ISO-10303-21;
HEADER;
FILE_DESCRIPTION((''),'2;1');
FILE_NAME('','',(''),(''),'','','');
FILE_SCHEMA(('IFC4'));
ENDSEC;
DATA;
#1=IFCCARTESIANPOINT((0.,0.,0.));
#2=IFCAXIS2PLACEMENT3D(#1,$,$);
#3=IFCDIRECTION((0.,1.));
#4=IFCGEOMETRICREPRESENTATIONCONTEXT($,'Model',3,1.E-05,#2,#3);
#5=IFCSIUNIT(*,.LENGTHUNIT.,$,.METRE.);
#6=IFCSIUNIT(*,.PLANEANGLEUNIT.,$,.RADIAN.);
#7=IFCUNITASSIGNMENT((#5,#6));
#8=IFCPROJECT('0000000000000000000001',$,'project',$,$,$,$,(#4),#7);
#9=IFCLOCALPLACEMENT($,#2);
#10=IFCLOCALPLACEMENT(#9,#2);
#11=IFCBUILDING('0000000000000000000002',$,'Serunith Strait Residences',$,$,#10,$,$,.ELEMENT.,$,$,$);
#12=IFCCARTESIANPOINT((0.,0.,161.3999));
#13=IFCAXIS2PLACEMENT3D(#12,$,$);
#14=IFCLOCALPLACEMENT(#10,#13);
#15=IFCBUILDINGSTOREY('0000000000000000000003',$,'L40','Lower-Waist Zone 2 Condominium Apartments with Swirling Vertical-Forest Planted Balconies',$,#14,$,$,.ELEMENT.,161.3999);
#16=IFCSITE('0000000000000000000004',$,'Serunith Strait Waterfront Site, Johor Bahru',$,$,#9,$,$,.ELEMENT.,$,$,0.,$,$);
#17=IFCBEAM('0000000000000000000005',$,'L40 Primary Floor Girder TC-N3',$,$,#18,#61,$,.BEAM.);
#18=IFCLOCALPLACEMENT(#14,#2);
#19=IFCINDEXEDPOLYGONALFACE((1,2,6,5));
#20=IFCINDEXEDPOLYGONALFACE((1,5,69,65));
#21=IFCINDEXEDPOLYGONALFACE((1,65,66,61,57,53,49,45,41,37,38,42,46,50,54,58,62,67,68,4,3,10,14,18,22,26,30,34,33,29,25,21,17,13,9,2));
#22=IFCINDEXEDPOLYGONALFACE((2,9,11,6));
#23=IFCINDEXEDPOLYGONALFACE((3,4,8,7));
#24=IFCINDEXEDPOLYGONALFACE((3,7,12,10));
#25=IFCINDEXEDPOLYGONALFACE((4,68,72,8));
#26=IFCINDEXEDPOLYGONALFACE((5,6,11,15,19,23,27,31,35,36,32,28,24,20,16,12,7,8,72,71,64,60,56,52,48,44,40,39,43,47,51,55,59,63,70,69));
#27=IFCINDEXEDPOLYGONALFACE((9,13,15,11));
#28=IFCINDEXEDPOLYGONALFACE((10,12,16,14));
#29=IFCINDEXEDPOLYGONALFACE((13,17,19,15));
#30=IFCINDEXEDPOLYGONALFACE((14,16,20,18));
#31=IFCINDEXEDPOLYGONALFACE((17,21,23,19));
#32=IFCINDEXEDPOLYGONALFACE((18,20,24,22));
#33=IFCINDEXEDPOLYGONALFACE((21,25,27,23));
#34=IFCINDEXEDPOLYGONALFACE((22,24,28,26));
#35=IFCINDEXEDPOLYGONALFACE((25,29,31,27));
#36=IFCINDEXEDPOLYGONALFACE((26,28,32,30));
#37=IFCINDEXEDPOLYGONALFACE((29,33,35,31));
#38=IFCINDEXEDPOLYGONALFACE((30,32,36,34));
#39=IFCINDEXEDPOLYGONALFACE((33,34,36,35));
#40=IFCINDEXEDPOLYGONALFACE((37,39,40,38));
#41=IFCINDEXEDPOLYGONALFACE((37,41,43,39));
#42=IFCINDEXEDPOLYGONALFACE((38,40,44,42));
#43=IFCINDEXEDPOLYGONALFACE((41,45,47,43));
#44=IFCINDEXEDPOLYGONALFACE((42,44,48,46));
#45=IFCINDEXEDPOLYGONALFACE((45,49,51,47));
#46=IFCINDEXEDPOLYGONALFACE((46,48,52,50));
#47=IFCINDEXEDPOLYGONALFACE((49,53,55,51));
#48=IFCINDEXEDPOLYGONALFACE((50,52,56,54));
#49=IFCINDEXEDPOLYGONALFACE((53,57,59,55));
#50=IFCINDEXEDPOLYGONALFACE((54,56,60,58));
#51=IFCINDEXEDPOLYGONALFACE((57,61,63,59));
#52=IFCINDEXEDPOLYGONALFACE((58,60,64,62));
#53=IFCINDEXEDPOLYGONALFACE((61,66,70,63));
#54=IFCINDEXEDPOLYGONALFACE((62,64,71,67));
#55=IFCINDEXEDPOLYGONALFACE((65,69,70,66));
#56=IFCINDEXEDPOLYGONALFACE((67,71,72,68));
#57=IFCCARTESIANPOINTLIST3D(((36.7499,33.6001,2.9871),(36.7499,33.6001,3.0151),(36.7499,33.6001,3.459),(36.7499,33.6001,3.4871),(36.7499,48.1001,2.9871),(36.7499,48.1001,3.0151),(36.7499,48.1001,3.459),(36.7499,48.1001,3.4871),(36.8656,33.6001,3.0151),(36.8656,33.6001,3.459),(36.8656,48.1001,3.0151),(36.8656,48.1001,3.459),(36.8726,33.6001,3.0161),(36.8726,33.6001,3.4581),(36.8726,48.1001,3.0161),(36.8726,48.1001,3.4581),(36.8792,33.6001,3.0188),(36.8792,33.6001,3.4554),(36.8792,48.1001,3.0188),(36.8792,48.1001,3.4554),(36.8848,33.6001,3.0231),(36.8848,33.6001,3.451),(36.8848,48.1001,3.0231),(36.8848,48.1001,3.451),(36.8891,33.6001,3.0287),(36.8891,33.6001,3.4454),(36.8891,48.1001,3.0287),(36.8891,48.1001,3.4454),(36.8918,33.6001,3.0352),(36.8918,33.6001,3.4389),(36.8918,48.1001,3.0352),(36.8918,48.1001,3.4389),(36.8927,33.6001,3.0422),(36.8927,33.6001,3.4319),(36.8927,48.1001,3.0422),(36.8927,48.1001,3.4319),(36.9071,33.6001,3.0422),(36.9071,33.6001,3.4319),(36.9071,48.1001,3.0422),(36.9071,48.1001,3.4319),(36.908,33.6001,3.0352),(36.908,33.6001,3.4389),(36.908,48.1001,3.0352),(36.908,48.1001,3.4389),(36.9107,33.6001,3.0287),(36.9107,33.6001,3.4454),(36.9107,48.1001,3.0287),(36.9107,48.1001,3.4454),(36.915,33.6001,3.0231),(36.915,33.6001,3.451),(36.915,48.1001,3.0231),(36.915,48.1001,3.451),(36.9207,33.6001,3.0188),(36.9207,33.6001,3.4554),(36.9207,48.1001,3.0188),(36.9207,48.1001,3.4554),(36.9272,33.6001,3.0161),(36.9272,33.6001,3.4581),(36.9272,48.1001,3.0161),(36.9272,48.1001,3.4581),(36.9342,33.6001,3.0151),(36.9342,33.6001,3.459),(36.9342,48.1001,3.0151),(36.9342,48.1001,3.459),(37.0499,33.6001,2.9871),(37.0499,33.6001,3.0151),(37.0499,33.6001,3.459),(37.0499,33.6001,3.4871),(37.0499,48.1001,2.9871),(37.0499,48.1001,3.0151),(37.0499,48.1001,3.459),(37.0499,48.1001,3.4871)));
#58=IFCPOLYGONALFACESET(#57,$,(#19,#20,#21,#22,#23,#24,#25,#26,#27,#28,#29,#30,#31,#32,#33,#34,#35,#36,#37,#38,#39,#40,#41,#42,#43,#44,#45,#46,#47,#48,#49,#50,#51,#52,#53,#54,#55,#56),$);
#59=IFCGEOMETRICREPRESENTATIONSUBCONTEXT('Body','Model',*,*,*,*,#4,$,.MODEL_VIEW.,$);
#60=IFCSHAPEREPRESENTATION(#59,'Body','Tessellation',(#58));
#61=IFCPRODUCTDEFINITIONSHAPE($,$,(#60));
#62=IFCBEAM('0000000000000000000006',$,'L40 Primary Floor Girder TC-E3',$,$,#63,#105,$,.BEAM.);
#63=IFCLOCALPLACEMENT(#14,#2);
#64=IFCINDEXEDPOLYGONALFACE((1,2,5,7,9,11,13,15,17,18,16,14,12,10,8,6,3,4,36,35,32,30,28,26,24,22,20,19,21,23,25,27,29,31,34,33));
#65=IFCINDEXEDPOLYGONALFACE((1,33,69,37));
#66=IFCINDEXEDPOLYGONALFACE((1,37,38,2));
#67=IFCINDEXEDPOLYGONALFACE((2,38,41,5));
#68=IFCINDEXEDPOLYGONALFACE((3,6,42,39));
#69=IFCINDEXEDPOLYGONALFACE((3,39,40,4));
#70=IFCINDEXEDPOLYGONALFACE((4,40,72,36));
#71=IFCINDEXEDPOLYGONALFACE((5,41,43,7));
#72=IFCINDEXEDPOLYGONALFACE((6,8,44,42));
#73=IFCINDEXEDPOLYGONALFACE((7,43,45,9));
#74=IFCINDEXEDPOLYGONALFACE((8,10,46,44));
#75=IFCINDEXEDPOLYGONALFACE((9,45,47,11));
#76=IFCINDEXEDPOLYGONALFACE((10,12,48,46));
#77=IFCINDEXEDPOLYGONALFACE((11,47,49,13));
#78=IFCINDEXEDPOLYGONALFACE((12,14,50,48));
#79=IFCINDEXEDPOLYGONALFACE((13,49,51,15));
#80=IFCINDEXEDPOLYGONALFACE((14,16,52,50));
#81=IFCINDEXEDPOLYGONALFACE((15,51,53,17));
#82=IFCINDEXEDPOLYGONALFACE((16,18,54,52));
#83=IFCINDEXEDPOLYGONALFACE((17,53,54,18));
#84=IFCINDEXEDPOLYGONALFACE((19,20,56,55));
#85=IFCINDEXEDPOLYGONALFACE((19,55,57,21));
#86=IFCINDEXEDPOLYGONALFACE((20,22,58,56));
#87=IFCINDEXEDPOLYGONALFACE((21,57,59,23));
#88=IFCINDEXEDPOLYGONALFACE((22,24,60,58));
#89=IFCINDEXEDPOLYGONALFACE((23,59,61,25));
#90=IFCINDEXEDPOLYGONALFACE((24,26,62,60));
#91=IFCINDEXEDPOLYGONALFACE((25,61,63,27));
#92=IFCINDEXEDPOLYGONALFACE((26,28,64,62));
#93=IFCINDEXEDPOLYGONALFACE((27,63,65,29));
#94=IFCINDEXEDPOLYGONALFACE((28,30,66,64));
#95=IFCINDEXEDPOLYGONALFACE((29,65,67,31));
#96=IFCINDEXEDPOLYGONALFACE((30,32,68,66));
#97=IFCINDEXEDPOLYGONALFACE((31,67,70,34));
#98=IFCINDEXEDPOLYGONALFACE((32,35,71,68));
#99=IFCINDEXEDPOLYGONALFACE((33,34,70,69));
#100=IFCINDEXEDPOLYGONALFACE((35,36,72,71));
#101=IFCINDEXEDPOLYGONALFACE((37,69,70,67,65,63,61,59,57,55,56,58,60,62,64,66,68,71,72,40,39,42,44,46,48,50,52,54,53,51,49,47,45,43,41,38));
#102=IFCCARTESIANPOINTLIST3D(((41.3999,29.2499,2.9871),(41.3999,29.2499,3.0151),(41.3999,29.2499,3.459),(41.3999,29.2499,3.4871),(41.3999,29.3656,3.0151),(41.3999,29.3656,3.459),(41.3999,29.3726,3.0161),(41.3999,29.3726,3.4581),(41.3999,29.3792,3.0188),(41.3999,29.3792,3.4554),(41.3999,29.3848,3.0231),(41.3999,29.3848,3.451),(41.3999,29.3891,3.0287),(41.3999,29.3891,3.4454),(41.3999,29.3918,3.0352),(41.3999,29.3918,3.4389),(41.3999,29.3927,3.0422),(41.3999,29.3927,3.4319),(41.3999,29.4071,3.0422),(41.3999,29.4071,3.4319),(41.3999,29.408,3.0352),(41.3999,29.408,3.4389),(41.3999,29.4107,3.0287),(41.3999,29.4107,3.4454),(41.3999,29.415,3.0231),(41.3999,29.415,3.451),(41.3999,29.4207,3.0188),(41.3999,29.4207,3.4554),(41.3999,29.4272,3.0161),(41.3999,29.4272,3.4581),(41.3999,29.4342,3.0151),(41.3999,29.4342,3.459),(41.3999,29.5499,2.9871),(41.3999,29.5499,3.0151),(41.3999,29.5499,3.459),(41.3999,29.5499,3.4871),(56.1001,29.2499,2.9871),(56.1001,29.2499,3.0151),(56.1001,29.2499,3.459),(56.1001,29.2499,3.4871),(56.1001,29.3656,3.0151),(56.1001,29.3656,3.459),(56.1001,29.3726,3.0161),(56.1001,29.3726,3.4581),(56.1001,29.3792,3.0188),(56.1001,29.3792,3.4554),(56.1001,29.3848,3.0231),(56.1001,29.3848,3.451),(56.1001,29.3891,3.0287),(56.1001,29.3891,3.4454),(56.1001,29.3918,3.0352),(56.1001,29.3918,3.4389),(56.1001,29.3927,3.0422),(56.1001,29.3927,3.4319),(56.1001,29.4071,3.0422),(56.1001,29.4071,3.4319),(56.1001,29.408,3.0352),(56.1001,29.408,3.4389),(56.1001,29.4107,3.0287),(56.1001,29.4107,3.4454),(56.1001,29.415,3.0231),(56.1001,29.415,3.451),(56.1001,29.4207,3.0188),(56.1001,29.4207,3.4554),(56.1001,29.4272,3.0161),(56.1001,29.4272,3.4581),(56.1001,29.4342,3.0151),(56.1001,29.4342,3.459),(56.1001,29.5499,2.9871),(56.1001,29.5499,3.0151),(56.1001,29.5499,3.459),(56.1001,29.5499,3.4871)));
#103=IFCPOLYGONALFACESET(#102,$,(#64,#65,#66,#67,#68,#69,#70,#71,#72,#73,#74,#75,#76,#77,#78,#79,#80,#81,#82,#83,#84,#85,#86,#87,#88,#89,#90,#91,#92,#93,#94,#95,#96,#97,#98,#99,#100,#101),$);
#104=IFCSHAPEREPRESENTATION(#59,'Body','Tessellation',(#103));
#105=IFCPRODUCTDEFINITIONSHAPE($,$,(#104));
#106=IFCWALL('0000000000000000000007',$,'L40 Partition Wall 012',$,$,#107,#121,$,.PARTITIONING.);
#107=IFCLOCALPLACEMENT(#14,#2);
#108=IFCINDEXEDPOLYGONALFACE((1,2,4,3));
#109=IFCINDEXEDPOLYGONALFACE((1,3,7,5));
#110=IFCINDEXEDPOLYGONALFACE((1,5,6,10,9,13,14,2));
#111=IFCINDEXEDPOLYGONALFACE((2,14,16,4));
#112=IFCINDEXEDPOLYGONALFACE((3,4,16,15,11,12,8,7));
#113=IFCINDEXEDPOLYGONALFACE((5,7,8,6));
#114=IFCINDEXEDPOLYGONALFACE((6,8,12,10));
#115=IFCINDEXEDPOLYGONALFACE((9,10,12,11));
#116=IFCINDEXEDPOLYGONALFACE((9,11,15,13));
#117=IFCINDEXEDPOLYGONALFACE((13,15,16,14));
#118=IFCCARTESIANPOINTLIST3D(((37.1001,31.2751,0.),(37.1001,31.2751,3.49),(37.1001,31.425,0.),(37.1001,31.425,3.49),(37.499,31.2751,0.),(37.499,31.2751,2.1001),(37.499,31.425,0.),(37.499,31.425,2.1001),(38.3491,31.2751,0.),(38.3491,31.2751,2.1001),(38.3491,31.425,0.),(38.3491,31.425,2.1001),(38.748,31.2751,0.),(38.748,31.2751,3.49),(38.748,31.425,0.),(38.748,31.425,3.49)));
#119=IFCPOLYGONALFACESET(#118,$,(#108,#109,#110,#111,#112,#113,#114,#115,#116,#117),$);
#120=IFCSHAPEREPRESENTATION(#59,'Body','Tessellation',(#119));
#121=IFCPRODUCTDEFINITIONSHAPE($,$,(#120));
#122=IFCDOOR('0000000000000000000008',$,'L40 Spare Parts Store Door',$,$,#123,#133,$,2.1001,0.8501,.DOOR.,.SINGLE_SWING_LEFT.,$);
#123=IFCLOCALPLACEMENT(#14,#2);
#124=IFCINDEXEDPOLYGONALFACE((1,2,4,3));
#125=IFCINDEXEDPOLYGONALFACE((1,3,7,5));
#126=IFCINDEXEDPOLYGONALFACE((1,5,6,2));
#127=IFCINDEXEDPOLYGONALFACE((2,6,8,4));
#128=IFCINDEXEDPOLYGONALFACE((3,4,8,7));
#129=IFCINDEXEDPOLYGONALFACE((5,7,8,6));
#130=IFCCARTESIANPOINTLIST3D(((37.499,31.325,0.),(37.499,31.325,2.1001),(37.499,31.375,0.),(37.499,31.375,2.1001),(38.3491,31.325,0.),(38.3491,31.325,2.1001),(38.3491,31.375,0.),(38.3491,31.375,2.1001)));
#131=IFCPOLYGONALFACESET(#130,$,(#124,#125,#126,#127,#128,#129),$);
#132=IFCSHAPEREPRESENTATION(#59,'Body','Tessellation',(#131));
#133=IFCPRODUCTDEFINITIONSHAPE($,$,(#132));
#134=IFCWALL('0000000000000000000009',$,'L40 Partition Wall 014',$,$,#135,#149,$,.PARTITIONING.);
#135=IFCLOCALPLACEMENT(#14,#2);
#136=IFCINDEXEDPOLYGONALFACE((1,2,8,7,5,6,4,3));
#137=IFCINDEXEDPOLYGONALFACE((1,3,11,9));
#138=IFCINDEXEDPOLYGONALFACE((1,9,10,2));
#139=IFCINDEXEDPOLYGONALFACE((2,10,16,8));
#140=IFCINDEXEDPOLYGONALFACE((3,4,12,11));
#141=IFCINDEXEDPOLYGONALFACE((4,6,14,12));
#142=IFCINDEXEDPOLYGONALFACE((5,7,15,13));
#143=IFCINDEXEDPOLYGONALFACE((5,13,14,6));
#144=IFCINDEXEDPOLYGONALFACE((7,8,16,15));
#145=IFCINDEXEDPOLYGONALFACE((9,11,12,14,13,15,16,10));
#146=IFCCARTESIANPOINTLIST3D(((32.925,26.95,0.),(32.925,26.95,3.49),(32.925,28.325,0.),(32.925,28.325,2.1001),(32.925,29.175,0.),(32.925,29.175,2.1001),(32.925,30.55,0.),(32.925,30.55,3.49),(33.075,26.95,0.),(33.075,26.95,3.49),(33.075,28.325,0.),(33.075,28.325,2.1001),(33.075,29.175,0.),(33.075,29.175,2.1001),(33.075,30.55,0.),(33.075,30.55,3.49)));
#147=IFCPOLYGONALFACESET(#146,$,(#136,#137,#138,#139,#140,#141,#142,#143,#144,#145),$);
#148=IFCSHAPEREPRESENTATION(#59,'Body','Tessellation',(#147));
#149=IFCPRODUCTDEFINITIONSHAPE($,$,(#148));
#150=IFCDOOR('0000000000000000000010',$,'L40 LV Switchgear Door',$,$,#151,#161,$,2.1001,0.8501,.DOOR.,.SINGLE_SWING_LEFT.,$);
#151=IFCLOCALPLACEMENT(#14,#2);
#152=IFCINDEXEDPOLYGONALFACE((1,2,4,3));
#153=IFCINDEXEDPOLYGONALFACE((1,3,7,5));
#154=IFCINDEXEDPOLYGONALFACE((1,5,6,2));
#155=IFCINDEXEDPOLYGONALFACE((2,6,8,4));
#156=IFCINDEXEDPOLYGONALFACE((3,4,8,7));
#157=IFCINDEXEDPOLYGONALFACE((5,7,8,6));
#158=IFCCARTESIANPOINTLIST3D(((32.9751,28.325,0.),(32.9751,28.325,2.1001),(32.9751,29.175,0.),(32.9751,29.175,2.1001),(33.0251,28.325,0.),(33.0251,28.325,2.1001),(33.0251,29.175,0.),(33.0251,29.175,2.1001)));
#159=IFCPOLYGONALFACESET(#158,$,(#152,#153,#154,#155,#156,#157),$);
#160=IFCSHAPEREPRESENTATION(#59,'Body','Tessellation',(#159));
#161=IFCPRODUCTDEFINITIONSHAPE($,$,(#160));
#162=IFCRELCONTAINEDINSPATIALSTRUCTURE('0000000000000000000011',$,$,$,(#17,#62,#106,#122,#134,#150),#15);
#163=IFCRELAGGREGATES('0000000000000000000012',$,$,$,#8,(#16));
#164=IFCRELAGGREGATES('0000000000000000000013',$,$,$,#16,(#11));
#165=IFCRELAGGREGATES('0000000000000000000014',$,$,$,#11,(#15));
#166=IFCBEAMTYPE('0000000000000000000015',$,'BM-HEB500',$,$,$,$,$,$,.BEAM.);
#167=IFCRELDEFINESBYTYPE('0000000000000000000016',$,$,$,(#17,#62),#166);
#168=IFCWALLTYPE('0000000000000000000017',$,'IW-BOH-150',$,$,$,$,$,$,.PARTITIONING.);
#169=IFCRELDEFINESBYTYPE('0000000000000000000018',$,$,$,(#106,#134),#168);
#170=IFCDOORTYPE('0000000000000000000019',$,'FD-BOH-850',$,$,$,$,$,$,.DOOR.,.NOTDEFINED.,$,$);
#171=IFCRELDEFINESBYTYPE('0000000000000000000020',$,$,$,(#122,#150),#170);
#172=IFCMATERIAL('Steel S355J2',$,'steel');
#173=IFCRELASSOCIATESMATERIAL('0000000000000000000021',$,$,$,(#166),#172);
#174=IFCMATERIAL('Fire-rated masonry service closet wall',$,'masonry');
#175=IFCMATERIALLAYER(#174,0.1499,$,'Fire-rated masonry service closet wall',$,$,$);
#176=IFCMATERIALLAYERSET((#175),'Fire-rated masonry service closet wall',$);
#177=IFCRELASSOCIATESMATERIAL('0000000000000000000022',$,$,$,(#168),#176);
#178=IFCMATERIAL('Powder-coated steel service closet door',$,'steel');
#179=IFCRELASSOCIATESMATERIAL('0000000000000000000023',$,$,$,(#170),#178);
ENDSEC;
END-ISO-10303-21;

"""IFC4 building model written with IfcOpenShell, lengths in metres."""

from ifc_helpers import new_model, si_unit, direction, frame, frame_2d, origin, origin_2d, place, context, subcontext, project, spatial, rectangle, i_section, extrude, source, transform, mapped, material, layer, layer_set, material_profile, profile_set, type_object, element, fill, save


model = new_model("IFC4")

# Units and contexts
model_context = context("Model", 3, precision=1e-05, world=origin(), true_north=direction((0.0, 1.0)))
body_context = subcontext(model_context, "Body", "Model", "MODEL_VIEW")
ifc_project = project(units=[si_unit("LENGTHUNIT", "METRE"), si_unit("PLANEANGLEUNIT", "RADIAN")], contexts=[model_context])

# Site, building, storey
site_placement = place(None, origin())
site = spatial("IfcSite", under=ifc_project, at=site_placement, Name="Serunith Strait Waterfront Site, Johor Bahru", CompositionType="ELEMENT", RefElevation=0.0)
building_placement = place(site_placement, origin())
building = spatial("IfcBuilding", under=site, at=building_placement, Name="Serunith Strait Residences", CompositionType="ELEMENT")
storey_placement = place(building_placement, frame((0.0, 0.0, 161.3999)))
storey = spatial("IfcBuildingStorey", under=building, at=storey_placement, Name="L40", Description="Lower-Waist Zone 2 Condominium Apartments with Swirling Vertical-Forest Planted Balconies", CompositionType="ELEMENT", Elevation=161.3999)

# Beams
ifc_material_1 = material(Name="Steel S355J2", Category="steel")
ifc_material_profile = material_profile(ifc_material_1, i_section(OverallWidth=0.3, OverallDepth=0.5, WebThickness=0.0144, FlangeThickness=0.0281, FilletRadius=0.0271, at=origin_2d()), Name="HEB 500")
ifc_profile_set = profile_set([ifc_material_profile], Name="Steel S355J2")
beam_type = type_object("IfcBeamType", Name="BM-HEB500", PredefinedType="BEAM", material=ifc_profile_set)
shared_shape_1 = source(origin(), body_context, "Body", "SweptSolid", [
    extrude(i_section(OverallWidth=0.3, OverallDepth=0.5, WebThickness=0.0144, FlangeThickness=0.0281, FilletRadius=0.0271, at=origin_2d()), origin(), (0.0, 0.0, 1.0), 14.5),
])
beam_1_placement = place(storey_placement, frame((36.8999, 33.6001, 3.2371), z_axis=(0.0, 1.0, 0.0), x_axis=(-1.0, 0.0, 0.0)))
element("IfcBeam", 1, at=beam_1_placement, inside=storey, type_object=beam_type, Name="L40 Primary Floor Girder TC-N3", PredefinedType="BEAM", context=body_context, shape_type="MappedRepresentation", body=[
    mapped(shared_shape_1, transform((0.0, 0.0, 0.0), scale=1.0)),
])
shared_shape_2 = source(origin(), body_context, "Body", "SweptSolid", [
    extrude(i_section(OverallWidth=0.3, OverallDepth=0.5, WebThickness=0.0144, FlangeThickness=0.0281, FilletRadius=0.0271, at=origin_2d()), origin(), (0.0, 0.0, 1.0), 14.7002),
])
beam_2_placement = place(storey_placement, frame((41.3999, 29.3999, 3.2371), z_axis=(1.0, 0.0, 0.0), x_axis=(0.0, 1.0, 0.0)))
element("IfcBeam", 2, at=beam_2_placement, inside=storey, type_object=beam_type, Name="L40 Primary Floor Girder TC-E3", PredefinedType="BEAM", context=body_context, shape_type="MappedRepresentation", body=[
    mapped(shared_shape_2, transform((0.0, 0.0, 0.0), scale=1.0)),
])

# Walls, openings, doors
ifc_material_2 = material(Name="Fire-rated masonry service closet wall", Category="masonry")
ifc_layer_1 = layer(ifc_material_2, 0.1499, Name="Fire-rated masonry service closet wall")
ifc_layer_set_1 = layer_set([ifc_layer_1], Name="Fire-rated masonry service closet wall")
wall_type_1 = type_object("IfcWallType", Name="IW-BOH-150", PredefinedType="PARTITIONING", material=ifc_layer_set_1)
wall_1_placement = place(storey_placement, frame((37.1001, 31.3501, 0.0), z_axis=(0.0, 0.0, 1.0), x_axis=(1.0, 0.0, 0.0)))
wall_1 = element("IfcWall", 3, at=wall_1_placement, inside=storey, type_object=wall_type_1, Name="L40 Partition Wall 012", PredefinedType="PARTITIONING", context=body_context, shape_type="SweptSolid", body=[
    extrude(rectangle(XDim=1.6479, YDim=0.1499, at=frame_2d((0.824, 0.0))), origin(), (0.0, 0.0, 1.0), 3.49),
])
opening_1_placement = place(wall_1_placement, frame((0.3989, 0.0, 0.0)))
opening_1 = element("IfcOpeningElement", 4, at=opening_1_placement, cuts=wall_1, PredefinedType="OPENING", context=body_context, shape_type="SweptSolid", body=[
    extrude(rectangle(XDim=0.8501, YDim=2.1001, at=frame_2d((0.425, 1.05))), frame((0.0, 0.085, 0.0), z_axis=(0.0, -1.0, 0.0), x_axis=(1.0, 0.0, 0.0)), (0.0, 0.0, 1.0), 0.1699),
])
ifc_material_3 = material(Name="Powder-coated steel service closet door", Category="steel")
door_type_1 = type_object("IfcDoorType", Name="FD-BOH-850", OperationType="NOTDEFINED", PredefinedType="DOOR", material=ifc_material_3)
shared_shape_3 = source(origin(), body_context, "Body", "SweptSolid", [
    extrude(rectangle(XDim=0.8501, YDim=2.1001, at=frame_2d((0.425, 1.05))), frame((0.0, 0.0249, 0.0), z_axis=(0.0, -1.0, 0.0), x_axis=(1.0, 0.0, 0.0)), (0.0, 0.0, 1.0), 0.05),
])
door_1_placement = place(opening_1_placement, origin())
door_1 = element("IfcDoor", 5, at=door_1_placement, inside=storey, type_object=door_type_1, Name="L40 Spare Parts Store Door", OperationType="SINGLE_SWING_LEFT", OverallHeight=2.1001, OverallWidth=0.8501, PredefinedType="DOOR", context=body_context, shape_type="MappedRepresentation", body=[
    mapped(shared_shape_3, transform((0.0, 0.0, 0.0), scale=1.0)),
])
fill(opening_1, door_1)
wall_2_placement = place(storey_placement, frame((33.0, 26.95, 0.0), z_axis=(0.0, 0.0, 1.0), x_axis=(0.0, 1.0, 0.0)))
wall_2 = element("IfcWall", 6, at=wall_2_placement, inside=storey, type_object=wall_type_1, Name="L40 Partition Wall 014", PredefinedType="PARTITIONING", context=body_context, shape_type="SweptSolid", body=[
    extrude(rectangle(XDim=3.6001, YDim=0.1499, at=frame_2d((1.8, 0.0))), origin(), (0.0, 0.0, 1.0), 3.49),
])
opening_2_placement = place(wall_2_placement, frame((1.375, 0.0, 0.0)))
opening_2 = element("IfcOpeningElement", 7, at=opening_2_placement, cuts=wall_2, PredefinedType="OPENING", context=body_context, shape_type="SweptSolid", body=[
    extrude(rectangle(XDim=0.8501, YDim=2.1001, at=frame_2d((0.425, 1.05))), frame((0.0, 0.085, 0.0), z_axis=(0.0, -1.0, 0.0), x_axis=(1.0, 0.0, 0.0)), (0.0, 0.0, 1.0), 0.1699),
])
door_2_placement = place(opening_2_placement, origin())
door_2 = element("IfcDoor", 8, at=door_2_placement, inside=storey, type_object=door_type_1, Name="L40 LV Switchgear Door", OperationType="SINGLE_SWING_LEFT", OverallHeight=2.1001, OverallWidth=0.8501, PredefinedType="DOOR", context=body_context, shape_type="MappedRepresentation", body=[
    mapped(shared_shape_3, transform((0.0, 0.0, 0.0), scale=1.0)),
])
fill(opening_2, door_2)

save(model, "model.ifc")
